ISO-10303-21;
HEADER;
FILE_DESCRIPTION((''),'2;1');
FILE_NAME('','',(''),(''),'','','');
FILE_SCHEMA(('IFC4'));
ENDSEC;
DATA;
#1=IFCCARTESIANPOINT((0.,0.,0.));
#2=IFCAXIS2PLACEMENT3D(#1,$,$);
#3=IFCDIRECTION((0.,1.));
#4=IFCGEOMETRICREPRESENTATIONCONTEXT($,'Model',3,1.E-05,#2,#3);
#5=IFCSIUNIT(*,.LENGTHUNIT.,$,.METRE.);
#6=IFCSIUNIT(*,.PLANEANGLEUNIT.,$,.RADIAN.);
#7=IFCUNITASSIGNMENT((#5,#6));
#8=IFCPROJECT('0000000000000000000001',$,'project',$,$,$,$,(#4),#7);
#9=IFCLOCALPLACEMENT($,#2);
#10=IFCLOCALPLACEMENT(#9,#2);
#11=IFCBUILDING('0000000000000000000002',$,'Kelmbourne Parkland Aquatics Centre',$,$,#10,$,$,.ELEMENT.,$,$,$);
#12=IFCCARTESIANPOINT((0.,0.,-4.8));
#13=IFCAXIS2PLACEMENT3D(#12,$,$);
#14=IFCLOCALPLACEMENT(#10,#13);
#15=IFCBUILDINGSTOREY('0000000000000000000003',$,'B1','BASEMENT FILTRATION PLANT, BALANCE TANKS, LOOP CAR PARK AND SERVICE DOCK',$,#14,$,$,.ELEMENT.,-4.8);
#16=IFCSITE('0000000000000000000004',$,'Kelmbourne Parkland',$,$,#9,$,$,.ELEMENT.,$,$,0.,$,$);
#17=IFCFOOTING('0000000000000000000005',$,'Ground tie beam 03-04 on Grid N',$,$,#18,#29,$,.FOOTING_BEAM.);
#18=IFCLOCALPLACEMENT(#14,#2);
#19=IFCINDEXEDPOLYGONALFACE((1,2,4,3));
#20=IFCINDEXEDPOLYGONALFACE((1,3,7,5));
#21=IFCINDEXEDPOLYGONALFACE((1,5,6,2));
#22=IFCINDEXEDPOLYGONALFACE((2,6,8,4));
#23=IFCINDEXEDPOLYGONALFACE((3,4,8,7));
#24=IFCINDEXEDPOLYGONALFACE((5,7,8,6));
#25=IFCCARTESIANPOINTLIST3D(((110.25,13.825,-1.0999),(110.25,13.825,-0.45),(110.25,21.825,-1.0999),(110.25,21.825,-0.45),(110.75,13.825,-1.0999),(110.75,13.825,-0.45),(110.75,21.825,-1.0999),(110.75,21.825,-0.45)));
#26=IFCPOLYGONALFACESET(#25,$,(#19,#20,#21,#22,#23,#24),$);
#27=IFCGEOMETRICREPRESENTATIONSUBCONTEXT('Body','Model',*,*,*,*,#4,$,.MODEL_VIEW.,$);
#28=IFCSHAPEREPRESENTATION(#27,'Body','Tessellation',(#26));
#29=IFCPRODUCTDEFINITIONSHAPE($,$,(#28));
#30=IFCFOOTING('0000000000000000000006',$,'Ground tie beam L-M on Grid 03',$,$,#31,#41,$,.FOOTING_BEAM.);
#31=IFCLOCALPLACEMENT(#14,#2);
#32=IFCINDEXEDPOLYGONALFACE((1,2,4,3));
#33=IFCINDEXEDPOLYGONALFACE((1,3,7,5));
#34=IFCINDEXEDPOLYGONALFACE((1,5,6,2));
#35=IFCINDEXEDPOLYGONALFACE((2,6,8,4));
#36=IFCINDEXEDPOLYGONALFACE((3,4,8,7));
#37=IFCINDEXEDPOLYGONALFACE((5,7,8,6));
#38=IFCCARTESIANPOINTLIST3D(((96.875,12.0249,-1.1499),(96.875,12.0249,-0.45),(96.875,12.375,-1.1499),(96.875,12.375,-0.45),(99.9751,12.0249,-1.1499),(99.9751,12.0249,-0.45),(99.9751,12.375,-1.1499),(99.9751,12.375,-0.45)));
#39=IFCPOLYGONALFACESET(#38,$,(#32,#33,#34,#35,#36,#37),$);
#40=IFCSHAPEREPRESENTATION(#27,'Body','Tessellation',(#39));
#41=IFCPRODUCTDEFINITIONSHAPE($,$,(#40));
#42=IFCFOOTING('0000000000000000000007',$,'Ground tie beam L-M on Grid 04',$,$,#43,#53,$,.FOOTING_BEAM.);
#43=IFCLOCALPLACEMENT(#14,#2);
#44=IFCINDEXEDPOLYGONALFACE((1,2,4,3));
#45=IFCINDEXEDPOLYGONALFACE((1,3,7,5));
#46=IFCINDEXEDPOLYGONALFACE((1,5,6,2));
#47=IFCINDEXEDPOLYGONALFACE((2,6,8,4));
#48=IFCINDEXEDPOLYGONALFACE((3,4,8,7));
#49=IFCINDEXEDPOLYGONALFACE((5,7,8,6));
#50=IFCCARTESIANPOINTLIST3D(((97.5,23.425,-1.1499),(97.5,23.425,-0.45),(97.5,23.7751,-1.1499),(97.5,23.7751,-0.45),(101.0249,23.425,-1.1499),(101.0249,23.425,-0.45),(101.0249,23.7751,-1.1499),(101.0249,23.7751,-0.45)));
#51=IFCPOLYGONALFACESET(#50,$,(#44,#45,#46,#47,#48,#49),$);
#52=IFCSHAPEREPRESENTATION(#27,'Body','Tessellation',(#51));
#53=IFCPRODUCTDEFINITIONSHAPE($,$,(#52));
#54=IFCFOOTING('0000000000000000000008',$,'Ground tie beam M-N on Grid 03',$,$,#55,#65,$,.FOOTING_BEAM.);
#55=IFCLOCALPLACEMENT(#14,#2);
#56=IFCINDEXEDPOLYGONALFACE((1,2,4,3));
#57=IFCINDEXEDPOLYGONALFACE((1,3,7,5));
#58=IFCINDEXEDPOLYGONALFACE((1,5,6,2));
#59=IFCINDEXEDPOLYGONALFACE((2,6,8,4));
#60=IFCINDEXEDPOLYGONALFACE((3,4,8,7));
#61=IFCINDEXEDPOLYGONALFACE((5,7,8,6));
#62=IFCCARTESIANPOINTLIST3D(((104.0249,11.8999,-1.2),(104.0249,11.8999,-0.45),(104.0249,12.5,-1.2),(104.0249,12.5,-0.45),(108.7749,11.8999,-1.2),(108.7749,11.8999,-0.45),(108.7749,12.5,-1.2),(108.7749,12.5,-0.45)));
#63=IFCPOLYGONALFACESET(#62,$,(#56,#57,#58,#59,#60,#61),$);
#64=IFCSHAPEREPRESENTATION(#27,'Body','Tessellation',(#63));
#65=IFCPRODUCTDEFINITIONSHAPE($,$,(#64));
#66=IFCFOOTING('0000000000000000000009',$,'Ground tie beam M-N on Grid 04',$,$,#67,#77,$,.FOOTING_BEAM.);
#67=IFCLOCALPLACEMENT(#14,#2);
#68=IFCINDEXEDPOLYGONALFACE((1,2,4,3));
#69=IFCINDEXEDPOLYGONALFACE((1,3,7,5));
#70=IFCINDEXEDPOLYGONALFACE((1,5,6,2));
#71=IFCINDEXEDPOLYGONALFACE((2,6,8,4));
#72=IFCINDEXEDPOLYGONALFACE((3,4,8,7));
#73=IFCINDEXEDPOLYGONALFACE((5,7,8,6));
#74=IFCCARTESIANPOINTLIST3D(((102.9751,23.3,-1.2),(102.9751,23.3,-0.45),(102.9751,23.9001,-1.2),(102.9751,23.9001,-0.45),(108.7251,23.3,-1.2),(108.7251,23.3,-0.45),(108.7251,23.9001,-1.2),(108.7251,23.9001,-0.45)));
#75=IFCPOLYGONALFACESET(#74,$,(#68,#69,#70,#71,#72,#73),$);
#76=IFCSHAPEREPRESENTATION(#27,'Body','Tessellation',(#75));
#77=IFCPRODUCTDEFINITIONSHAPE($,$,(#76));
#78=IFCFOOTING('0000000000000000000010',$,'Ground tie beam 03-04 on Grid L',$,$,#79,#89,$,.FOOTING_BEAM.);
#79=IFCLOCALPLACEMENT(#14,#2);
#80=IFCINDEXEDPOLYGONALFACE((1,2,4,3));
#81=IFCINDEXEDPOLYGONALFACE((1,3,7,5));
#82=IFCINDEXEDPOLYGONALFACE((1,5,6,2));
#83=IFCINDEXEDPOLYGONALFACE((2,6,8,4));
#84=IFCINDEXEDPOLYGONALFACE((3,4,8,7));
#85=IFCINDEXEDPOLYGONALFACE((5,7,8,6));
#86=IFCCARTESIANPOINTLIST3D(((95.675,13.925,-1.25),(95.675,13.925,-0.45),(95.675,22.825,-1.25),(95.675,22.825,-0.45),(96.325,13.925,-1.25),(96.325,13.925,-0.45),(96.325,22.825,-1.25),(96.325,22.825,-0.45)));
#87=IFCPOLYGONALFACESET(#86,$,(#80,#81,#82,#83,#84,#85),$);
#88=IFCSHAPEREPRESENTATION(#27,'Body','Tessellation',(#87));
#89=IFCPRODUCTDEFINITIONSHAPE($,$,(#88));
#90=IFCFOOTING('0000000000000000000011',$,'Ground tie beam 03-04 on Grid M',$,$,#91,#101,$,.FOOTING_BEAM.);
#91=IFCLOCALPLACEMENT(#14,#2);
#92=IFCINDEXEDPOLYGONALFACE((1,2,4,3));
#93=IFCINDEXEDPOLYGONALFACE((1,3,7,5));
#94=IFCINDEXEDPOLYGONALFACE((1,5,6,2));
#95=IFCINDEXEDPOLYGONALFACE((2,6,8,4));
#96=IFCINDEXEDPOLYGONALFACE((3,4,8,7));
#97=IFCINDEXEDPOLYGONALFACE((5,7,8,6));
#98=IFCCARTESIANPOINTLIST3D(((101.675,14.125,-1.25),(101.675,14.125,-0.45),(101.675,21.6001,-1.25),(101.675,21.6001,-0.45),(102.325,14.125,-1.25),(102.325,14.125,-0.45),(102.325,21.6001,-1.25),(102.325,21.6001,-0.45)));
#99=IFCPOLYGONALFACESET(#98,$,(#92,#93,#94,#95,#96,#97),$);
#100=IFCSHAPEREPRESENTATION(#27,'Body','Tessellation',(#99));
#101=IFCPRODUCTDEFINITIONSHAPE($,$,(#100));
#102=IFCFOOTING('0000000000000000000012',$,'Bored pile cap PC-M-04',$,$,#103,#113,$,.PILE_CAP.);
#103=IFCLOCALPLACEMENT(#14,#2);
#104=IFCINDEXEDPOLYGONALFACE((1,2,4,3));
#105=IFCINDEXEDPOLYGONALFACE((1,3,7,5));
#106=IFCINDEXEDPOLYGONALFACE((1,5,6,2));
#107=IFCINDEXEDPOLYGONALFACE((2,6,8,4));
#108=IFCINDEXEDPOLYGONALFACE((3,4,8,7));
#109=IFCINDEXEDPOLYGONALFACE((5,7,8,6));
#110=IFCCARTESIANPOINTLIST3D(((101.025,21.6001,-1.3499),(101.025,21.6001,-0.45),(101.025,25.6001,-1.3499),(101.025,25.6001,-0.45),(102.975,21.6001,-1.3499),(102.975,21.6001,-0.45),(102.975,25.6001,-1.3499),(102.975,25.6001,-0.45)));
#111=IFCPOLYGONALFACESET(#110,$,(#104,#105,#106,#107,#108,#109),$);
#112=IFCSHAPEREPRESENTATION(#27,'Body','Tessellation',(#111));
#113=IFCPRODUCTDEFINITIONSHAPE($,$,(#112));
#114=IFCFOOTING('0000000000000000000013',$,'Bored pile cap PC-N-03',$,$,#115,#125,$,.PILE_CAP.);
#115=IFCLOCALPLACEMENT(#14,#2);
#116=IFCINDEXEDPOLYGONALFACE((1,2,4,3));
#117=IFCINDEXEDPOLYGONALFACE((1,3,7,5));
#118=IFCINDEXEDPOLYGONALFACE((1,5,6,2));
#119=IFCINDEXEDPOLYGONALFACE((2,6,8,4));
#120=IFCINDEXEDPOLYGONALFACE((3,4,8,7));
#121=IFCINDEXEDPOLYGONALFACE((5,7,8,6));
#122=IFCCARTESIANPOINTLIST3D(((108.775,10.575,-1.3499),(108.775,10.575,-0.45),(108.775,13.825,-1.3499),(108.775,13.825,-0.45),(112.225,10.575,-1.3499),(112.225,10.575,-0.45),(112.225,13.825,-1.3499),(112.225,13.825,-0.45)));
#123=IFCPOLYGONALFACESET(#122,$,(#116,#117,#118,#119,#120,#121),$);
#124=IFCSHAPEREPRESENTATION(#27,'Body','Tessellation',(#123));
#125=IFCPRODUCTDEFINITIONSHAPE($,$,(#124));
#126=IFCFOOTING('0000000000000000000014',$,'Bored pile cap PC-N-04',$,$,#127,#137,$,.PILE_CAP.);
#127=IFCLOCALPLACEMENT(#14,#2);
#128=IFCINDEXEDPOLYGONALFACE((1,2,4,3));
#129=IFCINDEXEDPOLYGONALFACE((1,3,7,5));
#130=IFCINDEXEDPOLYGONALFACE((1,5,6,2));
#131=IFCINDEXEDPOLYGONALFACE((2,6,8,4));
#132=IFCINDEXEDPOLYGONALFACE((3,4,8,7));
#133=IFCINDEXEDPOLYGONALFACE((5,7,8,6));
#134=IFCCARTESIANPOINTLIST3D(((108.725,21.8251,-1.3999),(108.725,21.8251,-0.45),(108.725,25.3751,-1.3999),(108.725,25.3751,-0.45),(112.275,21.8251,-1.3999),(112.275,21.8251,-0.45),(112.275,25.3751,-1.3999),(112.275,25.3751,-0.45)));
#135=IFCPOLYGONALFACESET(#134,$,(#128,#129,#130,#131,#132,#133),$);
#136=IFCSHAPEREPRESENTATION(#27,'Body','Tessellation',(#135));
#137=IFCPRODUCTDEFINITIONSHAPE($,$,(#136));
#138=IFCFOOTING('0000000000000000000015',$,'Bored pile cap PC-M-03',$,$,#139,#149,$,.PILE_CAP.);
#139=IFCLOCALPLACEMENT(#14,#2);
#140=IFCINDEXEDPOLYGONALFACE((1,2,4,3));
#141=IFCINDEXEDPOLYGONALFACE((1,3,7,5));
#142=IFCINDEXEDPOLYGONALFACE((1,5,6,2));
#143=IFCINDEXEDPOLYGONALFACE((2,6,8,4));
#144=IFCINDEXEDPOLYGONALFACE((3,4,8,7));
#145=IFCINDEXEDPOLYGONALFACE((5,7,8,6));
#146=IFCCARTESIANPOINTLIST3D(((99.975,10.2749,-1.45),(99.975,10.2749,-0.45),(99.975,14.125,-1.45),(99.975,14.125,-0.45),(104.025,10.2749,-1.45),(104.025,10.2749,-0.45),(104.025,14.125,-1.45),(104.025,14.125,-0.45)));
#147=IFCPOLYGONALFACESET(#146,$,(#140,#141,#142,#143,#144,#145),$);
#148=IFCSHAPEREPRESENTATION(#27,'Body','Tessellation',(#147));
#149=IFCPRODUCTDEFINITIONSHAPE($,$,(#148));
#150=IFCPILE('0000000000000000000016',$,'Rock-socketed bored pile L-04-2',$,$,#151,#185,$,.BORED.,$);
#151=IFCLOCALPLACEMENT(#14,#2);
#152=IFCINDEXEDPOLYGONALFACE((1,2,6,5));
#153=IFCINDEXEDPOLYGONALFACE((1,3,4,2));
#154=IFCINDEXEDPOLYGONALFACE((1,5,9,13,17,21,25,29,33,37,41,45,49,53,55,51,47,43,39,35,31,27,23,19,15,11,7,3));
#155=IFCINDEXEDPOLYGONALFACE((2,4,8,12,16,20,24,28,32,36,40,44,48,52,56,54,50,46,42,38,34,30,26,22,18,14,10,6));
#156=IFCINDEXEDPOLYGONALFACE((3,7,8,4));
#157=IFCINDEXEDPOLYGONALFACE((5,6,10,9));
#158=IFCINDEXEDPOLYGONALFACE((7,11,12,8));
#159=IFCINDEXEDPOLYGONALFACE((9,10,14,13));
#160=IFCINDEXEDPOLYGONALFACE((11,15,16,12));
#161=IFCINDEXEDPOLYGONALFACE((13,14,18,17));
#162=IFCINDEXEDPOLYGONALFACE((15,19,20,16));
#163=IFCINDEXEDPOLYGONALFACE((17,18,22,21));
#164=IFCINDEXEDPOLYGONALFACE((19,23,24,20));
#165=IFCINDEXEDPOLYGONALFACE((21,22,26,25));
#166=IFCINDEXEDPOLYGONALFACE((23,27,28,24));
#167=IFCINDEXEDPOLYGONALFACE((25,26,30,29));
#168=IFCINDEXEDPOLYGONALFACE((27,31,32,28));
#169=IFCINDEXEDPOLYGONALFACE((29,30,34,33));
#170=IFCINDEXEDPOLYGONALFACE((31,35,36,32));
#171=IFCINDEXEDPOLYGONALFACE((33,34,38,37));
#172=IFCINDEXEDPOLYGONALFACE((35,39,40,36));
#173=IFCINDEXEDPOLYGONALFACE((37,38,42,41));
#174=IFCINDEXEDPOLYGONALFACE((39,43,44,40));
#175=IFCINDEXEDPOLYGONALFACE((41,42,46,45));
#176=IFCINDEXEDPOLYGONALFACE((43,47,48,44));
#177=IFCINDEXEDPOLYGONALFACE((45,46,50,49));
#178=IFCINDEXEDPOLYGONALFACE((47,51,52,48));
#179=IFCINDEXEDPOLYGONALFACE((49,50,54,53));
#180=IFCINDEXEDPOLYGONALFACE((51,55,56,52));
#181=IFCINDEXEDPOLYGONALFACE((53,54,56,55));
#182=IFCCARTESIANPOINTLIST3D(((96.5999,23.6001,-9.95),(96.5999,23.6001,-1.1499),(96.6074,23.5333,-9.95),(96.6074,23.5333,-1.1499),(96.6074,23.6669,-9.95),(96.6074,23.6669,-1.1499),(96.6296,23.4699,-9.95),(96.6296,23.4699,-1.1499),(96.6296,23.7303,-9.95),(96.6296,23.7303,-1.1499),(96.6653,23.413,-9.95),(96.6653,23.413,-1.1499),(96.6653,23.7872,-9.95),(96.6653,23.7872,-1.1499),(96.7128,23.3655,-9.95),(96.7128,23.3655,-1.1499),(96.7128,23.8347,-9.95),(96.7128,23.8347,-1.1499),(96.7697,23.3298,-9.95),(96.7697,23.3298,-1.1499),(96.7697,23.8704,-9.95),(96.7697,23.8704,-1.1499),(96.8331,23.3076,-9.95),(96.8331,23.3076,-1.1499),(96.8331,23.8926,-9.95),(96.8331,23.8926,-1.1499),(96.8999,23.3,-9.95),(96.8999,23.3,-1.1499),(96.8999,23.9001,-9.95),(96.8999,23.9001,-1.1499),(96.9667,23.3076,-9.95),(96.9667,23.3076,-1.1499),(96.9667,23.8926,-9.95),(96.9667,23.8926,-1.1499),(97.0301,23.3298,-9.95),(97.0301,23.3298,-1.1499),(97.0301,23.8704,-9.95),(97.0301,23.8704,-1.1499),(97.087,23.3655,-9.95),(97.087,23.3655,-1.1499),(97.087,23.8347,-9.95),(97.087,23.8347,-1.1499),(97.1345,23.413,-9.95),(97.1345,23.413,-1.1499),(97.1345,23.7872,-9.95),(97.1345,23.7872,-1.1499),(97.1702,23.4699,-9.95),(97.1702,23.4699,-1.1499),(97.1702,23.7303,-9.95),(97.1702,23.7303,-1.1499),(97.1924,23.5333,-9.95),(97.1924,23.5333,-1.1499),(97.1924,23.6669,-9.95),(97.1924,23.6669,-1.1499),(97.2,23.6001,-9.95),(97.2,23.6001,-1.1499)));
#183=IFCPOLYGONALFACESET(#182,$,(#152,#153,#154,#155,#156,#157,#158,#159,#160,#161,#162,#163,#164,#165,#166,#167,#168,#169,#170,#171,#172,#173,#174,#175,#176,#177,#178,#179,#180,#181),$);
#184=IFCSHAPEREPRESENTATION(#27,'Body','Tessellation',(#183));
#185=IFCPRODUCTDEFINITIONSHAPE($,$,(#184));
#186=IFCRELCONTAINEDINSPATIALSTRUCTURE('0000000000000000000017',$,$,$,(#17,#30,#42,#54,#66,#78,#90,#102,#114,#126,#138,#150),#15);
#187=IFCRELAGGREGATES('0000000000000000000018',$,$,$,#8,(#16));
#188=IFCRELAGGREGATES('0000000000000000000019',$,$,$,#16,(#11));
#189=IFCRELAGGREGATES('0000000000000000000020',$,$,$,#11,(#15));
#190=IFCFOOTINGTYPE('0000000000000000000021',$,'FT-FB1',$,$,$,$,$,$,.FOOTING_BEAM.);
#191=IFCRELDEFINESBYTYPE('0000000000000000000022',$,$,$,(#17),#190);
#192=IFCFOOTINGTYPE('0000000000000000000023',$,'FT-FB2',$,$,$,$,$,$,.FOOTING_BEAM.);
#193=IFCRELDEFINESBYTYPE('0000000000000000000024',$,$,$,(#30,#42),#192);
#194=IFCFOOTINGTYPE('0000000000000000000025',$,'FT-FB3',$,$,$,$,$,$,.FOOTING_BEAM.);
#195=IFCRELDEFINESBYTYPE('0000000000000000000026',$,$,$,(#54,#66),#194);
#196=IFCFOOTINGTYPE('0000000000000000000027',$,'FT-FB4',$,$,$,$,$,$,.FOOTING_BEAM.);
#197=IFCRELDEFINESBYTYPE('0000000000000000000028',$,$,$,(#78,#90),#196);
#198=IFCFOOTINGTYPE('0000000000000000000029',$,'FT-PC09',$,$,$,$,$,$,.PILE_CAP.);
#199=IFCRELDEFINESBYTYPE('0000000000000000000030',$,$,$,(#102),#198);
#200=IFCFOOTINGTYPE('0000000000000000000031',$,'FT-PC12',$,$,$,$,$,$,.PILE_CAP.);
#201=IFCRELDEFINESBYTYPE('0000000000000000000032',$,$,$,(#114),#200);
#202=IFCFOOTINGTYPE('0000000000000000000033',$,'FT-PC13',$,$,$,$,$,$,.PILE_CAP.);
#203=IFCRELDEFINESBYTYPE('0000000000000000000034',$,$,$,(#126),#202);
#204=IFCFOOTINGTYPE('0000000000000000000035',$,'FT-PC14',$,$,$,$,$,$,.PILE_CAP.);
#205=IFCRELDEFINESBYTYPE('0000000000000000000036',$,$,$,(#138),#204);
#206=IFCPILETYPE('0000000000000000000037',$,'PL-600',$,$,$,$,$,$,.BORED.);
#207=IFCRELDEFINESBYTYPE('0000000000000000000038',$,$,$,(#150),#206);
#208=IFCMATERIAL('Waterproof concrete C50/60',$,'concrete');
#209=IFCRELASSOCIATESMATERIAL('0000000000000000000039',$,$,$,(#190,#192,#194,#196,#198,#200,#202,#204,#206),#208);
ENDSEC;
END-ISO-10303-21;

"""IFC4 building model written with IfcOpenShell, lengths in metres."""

from ifc_helpers import new_model, si_unit, direction, frame, origin, origin_2d, place, context, subcontext, project, spatial, rectangle, circle, extrude, material, material_profile, profile_set, type_object, element, save


model = new_model("IFC4")

# Units and contexts
model_context = context("Model", 3, precision=1e-05, world=origin(), true_north=direction((0.0, 1.0)))
body_context = subcontext(model_context, "Body", "Model", "MODEL_VIEW")
ifc_project = project(units=[si_unit("LENGTHUNIT", "METRE"), si_unit("PLANEANGLEUNIT", "RADIAN")], contexts=[model_context])

# Site, building, storey
site_placement = place(None, origin())
site = spatial("IfcSite", under=ifc_project, at=site_placement, Name="Kelmbourne Parkland", CompositionType="ELEMENT", RefElevation=0.0)
building_placement = place(site_placement, origin())
building = spatial("IfcBuilding", under=site, at=building_placement, Name="Kelmbourne Parkland Aquatics Centre", CompositionType="ELEMENT")
storey_placement = place(building_placement, frame((0.0, 0.0, -4.8)))
storey = spatial("IfcBuildingStorey", under=building, at=storey_placement, Name="B1", Description="BASEMENT FILTRATION PLANT, BALANCE TANKS, LOOP CAR PARK AND SERVICE DOCK", CompositionType="ELEMENT", Elevation=-4.8)

# Footings
ifc_material_1 = material(Name="Waterproof concrete C50/60", Category="concrete")
footing_type_1 = type_object("IfcFootingType", Name="FT-FB1", PredefinedType="FOOTING_BEAM", material=ifc_material_1)
footing_1_placement = place(storey_placement, frame((110.5, 17.825, -1.0999), z_axis=(0.0, 0.0, 1.0), x_axis=(0.0, 1.0, 0.0)))
element("IfcFooting", 1, at=footing_1_placement, inside=storey, type_object=footing_type_1, Name="Ground tie beam 03-04 on Grid N", PredefinedType="FOOTING_BEAM", context=body_context, shape_type="SweptSolid", body=[
    extrude(rectangle(XDim=8.0, YDim=0.5, at=origin_2d()), origin(), (0.0, 0.0, 1.0), 0.6499),
])
footing_type_2 = type_object("IfcFootingType", Name="FT-FB2", PredefinedType="FOOTING_BEAM", material=ifc_material_1)
footing_2_placement = place(storey_placement, frame((98.425, 12.2, -1.1499), z_axis=(0.0, 0.0, 1.0), x_axis=(1.0, 0.0, 0.0)))
element("IfcFooting", 2, at=footing_2_placement, inside=storey, type_object=footing_type_2, Name="Ground tie beam L-M on Grid 03", PredefinedType="FOOTING_BEAM", context=body_context, shape_type="SweptSolid", body=[
    extrude(rectangle(XDim=3.1001, YDim=0.3501, at=origin_2d()), origin(), (0.0, 0.0, 1.0), 0.7),
])
footing_3_placement = place(storey_placement, frame((99.2625, 23.6001, -1.1499), z_axis=(0.0, 0.0, 1.0), x_axis=(1.0, 0.0, 0.0)))
element("IfcFooting", 3, at=footing_3_placement, inside=storey, type_object=footing_type_2, Name="Ground tie beam L-M on Grid 04", PredefinedType="FOOTING_BEAM", context=body_context, shape_type="SweptSolid", body=[
    extrude(rectangle(XDim=3.5249, YDim=0.3501, at=origin_2d()), origin(), (0.0, 0.0, 1.0), 0.7),
])
footing_type_3 = type_object("IfcFootingType", Name="FT-FB3", PredefinedType="FOOTING_BEAM", material=ifc_material_1)
footing_4_placement = place(storey_placement, frame((106.3999, 12.2, -1.2), z_axis=(0.0, 0.0, 1.0), x_axis=(1.0, 0.0, 0.0)))
element("IfcFooting", 4, at=footing_4_placement, inside=storey, type_object=footing_type_3, Name="Ground tie beam M-N on Grid 03", PredefinedType="FOOTING_BEAM", context=body_context, shape_type="SweptSolid", body=[
    extrude(rectangle(XDim=4.75, YDim=0.6001, at=origin_2d()), origin(), (0.0, 0.0, 1.0), 0.75),
])
footing_5_placement = place(storey_placement, frame((105.8501, 23.6001, -1.2), z_axis=(0.0, 0.0, 1.0), x_axis=(1.0, 0.0, 0.0)))
element("IfcFooting", 5, at=footing_5_placement, inside=storey, type_object=footing_type_3, Name="Ground tie beam M-N on Grid 04", PredefinedType="FOOTING_BEAM", context=body_context, shape_type="SweptSolid", body=[
    extrude(rectangle(XDim=5.75, YDim=0.6001, at=origin_2d()), origin(), (0.0, 0.0, 1.0), 0.75),
])
footing_type_4 = type_object("IfcFootingType", Name="FT-FB4", PredefinedType="FOOTING_BEAM", material=ifc_material_1)
footing_6_placement = place(storey_placement, frame((96.0, 18.375, -1.25), z_axis=(0.0, 0.0, 1.0), x_axis=(0.0, 1.0, 0.0)))
element("IfcFooting", 6, at=footing_6_placement, inside=storey, type_object=footing_type_4, Name="Ground tie beam 03-04 on Grid L", PredefinedType="FOOTING_BEAM", context=body_context, shape_type="SweptSolid", body=[
    extrude(rectangle(XDim=8.8999, YDim=0.6499, at=origin_2d()), origin(), (0.0, 0.0, 1.0), 0.8),
])
footing_7_placement = place(storey_placement, frame((102.0, 17.8625, -1.25), z_axis=(0.0, 0.0, 1.0), x_axis=(0.0, 1.0, 0.0)))
element("IfcFooting", 7, at=footing_7_placement, inside=storey, type_object=footing_type_4, Name="Ground tie beam 03-04 on Grid M", PredefinedType="FOOTING_BEAM", context=body_context, shape_type="SweptSolid", body=[
    extrude(rectangle(XDim=7.4751, YDim=0.6499, at=origin_2d()), origin(), (0.0, 0.0, 1.0), 0.8),
])
footing_type_5 = type_object("IfcFootingType", Name="FT-PC09", PredefinedType="PILE_CAP", material=ifc_material_1)
footing_8_placement = place(storey_placement, frame((102.0, 23.6001, -1.3499), z_axis=(0.0, 0.0, 1.0), x_axis=(1.0, 0.0, 0.0)))
element("IfcFooting", 8, at=footing_8_placement, inside=storey, type_object=footing_type_5, Name="Bored pile cap PC-M-04", PredefinedType="PILE_CAP", context=body_context, shape_type="SweptSolid", body=[
    extrude(rectangle(XDim=1.95, YDim=4.0, at=origin_2d()), origin(), (0.0, 0.0, 1.0), 0.8999),
])
footing_type_6 = type_object("IfcFootingType", Name="FT-PC12", PredefinedType="PILE_CAP", material=ifc_material_1)
footing_9_placement = place(storey_placement, frame((110.5, 12.2, -1.3499), z_axis=(0.0, 0.0, 1.0), x_axis=(1.0, 0.0, 0.0)))
element("IfcFooting", 9, at=footing_9_placement, inside=storey, type_object=footing_type_6, Name="Bored pile cap PC-N-03", PredefinedType="PILE_CAP", context=body_context, shape_type="SweptSolid", body=[
    extrude(rectangle(XDim=3.45, YDim=3.25, at=origin_2d()), origin(), (0.0, 0.0, 1.0), 0.8999),
])
footing_type_7 = type_object("IfcFootingType", Name="FT-PC13", PredefinedType="PILE_CAP", material=ifc_material_1)
footing_10_placement = place(storey_placement, frame((110.5, 23.6001, -1.3999), z_axis=(0.0, 0.0, 1.0), x_axis=(1.0, 0.0, 0.0)))
element("IfcFooting", 10, at=footing_10_placement, inside=storey, type_object=footing_type_7, Name="Bored pile cap PC-N-04", PredefinedType="PILE_CAP", context=body_context, shape_type="SweptSolid", body=[
    extrude(rectangle(XDim=3.55, YDim=3.55, at=origin_2d()), origin(), (0.0, 0.0, 1.0), 0.95),
])
footing_type_8 = type_object("IfcFootingType", Name="FT-PC14", PredefinedType="PILE_CAP", material=ifc_material_1)
footing_11_placement = place(storey_placement, frame((102.0, 12.2, -1.45), z_axis=(0.0, 0.0, 1.0), x_axis=(1.0, 0.0, 0.0)))
element("IfcFooting", 11, at=footing_11_placement, inside=storey, type_object=footing_type_8, Name="Bored pile cap PC-M-03", PredefinedType="PILE_CAP", context=body_context, shape_type="SweptSolid", body=[
    extrude(rectangle(XDim=4.05, YDim=3.8501, at=origin_2d()), origin(), (0.0, 0.0, 1.0), 1.0),
])

# Pile
ifc_material_profile_1 = material_profile(ifc_material_1, circle(Radius=0.3, at=origin_2d()), Name="PILE D600")
ifc_profile_set_1 = profile_set([ifc_material_profile_1], Name="Waterproof concrete C50/60")
pile_type_1 = type_object("IfcPileType", Name="PL-600", PredefinedType="BORED", material=ifc_profile_set_1)
pile_placement = place(storey_placement, frame((96.8999, 23.6001, -1.1499), z_axis=(0.0, 0.0, -1.0), x_axis=(1.0, 0.0, 0.0)))
element("IfcPile", 12, at=pile_placement, inside=storey, type_object=pile_type_1, Name="Rock-socketed bored pile L-04-2", PredefinedType="BORED", context=body_context, shape_type="SweptSolid", body=[
    extrude(circle(Radius=0.3, at=origin_2d()), origin(), (0.0, 0.0, 1.0), 8.8),
])

save(model, "model.ifc")
